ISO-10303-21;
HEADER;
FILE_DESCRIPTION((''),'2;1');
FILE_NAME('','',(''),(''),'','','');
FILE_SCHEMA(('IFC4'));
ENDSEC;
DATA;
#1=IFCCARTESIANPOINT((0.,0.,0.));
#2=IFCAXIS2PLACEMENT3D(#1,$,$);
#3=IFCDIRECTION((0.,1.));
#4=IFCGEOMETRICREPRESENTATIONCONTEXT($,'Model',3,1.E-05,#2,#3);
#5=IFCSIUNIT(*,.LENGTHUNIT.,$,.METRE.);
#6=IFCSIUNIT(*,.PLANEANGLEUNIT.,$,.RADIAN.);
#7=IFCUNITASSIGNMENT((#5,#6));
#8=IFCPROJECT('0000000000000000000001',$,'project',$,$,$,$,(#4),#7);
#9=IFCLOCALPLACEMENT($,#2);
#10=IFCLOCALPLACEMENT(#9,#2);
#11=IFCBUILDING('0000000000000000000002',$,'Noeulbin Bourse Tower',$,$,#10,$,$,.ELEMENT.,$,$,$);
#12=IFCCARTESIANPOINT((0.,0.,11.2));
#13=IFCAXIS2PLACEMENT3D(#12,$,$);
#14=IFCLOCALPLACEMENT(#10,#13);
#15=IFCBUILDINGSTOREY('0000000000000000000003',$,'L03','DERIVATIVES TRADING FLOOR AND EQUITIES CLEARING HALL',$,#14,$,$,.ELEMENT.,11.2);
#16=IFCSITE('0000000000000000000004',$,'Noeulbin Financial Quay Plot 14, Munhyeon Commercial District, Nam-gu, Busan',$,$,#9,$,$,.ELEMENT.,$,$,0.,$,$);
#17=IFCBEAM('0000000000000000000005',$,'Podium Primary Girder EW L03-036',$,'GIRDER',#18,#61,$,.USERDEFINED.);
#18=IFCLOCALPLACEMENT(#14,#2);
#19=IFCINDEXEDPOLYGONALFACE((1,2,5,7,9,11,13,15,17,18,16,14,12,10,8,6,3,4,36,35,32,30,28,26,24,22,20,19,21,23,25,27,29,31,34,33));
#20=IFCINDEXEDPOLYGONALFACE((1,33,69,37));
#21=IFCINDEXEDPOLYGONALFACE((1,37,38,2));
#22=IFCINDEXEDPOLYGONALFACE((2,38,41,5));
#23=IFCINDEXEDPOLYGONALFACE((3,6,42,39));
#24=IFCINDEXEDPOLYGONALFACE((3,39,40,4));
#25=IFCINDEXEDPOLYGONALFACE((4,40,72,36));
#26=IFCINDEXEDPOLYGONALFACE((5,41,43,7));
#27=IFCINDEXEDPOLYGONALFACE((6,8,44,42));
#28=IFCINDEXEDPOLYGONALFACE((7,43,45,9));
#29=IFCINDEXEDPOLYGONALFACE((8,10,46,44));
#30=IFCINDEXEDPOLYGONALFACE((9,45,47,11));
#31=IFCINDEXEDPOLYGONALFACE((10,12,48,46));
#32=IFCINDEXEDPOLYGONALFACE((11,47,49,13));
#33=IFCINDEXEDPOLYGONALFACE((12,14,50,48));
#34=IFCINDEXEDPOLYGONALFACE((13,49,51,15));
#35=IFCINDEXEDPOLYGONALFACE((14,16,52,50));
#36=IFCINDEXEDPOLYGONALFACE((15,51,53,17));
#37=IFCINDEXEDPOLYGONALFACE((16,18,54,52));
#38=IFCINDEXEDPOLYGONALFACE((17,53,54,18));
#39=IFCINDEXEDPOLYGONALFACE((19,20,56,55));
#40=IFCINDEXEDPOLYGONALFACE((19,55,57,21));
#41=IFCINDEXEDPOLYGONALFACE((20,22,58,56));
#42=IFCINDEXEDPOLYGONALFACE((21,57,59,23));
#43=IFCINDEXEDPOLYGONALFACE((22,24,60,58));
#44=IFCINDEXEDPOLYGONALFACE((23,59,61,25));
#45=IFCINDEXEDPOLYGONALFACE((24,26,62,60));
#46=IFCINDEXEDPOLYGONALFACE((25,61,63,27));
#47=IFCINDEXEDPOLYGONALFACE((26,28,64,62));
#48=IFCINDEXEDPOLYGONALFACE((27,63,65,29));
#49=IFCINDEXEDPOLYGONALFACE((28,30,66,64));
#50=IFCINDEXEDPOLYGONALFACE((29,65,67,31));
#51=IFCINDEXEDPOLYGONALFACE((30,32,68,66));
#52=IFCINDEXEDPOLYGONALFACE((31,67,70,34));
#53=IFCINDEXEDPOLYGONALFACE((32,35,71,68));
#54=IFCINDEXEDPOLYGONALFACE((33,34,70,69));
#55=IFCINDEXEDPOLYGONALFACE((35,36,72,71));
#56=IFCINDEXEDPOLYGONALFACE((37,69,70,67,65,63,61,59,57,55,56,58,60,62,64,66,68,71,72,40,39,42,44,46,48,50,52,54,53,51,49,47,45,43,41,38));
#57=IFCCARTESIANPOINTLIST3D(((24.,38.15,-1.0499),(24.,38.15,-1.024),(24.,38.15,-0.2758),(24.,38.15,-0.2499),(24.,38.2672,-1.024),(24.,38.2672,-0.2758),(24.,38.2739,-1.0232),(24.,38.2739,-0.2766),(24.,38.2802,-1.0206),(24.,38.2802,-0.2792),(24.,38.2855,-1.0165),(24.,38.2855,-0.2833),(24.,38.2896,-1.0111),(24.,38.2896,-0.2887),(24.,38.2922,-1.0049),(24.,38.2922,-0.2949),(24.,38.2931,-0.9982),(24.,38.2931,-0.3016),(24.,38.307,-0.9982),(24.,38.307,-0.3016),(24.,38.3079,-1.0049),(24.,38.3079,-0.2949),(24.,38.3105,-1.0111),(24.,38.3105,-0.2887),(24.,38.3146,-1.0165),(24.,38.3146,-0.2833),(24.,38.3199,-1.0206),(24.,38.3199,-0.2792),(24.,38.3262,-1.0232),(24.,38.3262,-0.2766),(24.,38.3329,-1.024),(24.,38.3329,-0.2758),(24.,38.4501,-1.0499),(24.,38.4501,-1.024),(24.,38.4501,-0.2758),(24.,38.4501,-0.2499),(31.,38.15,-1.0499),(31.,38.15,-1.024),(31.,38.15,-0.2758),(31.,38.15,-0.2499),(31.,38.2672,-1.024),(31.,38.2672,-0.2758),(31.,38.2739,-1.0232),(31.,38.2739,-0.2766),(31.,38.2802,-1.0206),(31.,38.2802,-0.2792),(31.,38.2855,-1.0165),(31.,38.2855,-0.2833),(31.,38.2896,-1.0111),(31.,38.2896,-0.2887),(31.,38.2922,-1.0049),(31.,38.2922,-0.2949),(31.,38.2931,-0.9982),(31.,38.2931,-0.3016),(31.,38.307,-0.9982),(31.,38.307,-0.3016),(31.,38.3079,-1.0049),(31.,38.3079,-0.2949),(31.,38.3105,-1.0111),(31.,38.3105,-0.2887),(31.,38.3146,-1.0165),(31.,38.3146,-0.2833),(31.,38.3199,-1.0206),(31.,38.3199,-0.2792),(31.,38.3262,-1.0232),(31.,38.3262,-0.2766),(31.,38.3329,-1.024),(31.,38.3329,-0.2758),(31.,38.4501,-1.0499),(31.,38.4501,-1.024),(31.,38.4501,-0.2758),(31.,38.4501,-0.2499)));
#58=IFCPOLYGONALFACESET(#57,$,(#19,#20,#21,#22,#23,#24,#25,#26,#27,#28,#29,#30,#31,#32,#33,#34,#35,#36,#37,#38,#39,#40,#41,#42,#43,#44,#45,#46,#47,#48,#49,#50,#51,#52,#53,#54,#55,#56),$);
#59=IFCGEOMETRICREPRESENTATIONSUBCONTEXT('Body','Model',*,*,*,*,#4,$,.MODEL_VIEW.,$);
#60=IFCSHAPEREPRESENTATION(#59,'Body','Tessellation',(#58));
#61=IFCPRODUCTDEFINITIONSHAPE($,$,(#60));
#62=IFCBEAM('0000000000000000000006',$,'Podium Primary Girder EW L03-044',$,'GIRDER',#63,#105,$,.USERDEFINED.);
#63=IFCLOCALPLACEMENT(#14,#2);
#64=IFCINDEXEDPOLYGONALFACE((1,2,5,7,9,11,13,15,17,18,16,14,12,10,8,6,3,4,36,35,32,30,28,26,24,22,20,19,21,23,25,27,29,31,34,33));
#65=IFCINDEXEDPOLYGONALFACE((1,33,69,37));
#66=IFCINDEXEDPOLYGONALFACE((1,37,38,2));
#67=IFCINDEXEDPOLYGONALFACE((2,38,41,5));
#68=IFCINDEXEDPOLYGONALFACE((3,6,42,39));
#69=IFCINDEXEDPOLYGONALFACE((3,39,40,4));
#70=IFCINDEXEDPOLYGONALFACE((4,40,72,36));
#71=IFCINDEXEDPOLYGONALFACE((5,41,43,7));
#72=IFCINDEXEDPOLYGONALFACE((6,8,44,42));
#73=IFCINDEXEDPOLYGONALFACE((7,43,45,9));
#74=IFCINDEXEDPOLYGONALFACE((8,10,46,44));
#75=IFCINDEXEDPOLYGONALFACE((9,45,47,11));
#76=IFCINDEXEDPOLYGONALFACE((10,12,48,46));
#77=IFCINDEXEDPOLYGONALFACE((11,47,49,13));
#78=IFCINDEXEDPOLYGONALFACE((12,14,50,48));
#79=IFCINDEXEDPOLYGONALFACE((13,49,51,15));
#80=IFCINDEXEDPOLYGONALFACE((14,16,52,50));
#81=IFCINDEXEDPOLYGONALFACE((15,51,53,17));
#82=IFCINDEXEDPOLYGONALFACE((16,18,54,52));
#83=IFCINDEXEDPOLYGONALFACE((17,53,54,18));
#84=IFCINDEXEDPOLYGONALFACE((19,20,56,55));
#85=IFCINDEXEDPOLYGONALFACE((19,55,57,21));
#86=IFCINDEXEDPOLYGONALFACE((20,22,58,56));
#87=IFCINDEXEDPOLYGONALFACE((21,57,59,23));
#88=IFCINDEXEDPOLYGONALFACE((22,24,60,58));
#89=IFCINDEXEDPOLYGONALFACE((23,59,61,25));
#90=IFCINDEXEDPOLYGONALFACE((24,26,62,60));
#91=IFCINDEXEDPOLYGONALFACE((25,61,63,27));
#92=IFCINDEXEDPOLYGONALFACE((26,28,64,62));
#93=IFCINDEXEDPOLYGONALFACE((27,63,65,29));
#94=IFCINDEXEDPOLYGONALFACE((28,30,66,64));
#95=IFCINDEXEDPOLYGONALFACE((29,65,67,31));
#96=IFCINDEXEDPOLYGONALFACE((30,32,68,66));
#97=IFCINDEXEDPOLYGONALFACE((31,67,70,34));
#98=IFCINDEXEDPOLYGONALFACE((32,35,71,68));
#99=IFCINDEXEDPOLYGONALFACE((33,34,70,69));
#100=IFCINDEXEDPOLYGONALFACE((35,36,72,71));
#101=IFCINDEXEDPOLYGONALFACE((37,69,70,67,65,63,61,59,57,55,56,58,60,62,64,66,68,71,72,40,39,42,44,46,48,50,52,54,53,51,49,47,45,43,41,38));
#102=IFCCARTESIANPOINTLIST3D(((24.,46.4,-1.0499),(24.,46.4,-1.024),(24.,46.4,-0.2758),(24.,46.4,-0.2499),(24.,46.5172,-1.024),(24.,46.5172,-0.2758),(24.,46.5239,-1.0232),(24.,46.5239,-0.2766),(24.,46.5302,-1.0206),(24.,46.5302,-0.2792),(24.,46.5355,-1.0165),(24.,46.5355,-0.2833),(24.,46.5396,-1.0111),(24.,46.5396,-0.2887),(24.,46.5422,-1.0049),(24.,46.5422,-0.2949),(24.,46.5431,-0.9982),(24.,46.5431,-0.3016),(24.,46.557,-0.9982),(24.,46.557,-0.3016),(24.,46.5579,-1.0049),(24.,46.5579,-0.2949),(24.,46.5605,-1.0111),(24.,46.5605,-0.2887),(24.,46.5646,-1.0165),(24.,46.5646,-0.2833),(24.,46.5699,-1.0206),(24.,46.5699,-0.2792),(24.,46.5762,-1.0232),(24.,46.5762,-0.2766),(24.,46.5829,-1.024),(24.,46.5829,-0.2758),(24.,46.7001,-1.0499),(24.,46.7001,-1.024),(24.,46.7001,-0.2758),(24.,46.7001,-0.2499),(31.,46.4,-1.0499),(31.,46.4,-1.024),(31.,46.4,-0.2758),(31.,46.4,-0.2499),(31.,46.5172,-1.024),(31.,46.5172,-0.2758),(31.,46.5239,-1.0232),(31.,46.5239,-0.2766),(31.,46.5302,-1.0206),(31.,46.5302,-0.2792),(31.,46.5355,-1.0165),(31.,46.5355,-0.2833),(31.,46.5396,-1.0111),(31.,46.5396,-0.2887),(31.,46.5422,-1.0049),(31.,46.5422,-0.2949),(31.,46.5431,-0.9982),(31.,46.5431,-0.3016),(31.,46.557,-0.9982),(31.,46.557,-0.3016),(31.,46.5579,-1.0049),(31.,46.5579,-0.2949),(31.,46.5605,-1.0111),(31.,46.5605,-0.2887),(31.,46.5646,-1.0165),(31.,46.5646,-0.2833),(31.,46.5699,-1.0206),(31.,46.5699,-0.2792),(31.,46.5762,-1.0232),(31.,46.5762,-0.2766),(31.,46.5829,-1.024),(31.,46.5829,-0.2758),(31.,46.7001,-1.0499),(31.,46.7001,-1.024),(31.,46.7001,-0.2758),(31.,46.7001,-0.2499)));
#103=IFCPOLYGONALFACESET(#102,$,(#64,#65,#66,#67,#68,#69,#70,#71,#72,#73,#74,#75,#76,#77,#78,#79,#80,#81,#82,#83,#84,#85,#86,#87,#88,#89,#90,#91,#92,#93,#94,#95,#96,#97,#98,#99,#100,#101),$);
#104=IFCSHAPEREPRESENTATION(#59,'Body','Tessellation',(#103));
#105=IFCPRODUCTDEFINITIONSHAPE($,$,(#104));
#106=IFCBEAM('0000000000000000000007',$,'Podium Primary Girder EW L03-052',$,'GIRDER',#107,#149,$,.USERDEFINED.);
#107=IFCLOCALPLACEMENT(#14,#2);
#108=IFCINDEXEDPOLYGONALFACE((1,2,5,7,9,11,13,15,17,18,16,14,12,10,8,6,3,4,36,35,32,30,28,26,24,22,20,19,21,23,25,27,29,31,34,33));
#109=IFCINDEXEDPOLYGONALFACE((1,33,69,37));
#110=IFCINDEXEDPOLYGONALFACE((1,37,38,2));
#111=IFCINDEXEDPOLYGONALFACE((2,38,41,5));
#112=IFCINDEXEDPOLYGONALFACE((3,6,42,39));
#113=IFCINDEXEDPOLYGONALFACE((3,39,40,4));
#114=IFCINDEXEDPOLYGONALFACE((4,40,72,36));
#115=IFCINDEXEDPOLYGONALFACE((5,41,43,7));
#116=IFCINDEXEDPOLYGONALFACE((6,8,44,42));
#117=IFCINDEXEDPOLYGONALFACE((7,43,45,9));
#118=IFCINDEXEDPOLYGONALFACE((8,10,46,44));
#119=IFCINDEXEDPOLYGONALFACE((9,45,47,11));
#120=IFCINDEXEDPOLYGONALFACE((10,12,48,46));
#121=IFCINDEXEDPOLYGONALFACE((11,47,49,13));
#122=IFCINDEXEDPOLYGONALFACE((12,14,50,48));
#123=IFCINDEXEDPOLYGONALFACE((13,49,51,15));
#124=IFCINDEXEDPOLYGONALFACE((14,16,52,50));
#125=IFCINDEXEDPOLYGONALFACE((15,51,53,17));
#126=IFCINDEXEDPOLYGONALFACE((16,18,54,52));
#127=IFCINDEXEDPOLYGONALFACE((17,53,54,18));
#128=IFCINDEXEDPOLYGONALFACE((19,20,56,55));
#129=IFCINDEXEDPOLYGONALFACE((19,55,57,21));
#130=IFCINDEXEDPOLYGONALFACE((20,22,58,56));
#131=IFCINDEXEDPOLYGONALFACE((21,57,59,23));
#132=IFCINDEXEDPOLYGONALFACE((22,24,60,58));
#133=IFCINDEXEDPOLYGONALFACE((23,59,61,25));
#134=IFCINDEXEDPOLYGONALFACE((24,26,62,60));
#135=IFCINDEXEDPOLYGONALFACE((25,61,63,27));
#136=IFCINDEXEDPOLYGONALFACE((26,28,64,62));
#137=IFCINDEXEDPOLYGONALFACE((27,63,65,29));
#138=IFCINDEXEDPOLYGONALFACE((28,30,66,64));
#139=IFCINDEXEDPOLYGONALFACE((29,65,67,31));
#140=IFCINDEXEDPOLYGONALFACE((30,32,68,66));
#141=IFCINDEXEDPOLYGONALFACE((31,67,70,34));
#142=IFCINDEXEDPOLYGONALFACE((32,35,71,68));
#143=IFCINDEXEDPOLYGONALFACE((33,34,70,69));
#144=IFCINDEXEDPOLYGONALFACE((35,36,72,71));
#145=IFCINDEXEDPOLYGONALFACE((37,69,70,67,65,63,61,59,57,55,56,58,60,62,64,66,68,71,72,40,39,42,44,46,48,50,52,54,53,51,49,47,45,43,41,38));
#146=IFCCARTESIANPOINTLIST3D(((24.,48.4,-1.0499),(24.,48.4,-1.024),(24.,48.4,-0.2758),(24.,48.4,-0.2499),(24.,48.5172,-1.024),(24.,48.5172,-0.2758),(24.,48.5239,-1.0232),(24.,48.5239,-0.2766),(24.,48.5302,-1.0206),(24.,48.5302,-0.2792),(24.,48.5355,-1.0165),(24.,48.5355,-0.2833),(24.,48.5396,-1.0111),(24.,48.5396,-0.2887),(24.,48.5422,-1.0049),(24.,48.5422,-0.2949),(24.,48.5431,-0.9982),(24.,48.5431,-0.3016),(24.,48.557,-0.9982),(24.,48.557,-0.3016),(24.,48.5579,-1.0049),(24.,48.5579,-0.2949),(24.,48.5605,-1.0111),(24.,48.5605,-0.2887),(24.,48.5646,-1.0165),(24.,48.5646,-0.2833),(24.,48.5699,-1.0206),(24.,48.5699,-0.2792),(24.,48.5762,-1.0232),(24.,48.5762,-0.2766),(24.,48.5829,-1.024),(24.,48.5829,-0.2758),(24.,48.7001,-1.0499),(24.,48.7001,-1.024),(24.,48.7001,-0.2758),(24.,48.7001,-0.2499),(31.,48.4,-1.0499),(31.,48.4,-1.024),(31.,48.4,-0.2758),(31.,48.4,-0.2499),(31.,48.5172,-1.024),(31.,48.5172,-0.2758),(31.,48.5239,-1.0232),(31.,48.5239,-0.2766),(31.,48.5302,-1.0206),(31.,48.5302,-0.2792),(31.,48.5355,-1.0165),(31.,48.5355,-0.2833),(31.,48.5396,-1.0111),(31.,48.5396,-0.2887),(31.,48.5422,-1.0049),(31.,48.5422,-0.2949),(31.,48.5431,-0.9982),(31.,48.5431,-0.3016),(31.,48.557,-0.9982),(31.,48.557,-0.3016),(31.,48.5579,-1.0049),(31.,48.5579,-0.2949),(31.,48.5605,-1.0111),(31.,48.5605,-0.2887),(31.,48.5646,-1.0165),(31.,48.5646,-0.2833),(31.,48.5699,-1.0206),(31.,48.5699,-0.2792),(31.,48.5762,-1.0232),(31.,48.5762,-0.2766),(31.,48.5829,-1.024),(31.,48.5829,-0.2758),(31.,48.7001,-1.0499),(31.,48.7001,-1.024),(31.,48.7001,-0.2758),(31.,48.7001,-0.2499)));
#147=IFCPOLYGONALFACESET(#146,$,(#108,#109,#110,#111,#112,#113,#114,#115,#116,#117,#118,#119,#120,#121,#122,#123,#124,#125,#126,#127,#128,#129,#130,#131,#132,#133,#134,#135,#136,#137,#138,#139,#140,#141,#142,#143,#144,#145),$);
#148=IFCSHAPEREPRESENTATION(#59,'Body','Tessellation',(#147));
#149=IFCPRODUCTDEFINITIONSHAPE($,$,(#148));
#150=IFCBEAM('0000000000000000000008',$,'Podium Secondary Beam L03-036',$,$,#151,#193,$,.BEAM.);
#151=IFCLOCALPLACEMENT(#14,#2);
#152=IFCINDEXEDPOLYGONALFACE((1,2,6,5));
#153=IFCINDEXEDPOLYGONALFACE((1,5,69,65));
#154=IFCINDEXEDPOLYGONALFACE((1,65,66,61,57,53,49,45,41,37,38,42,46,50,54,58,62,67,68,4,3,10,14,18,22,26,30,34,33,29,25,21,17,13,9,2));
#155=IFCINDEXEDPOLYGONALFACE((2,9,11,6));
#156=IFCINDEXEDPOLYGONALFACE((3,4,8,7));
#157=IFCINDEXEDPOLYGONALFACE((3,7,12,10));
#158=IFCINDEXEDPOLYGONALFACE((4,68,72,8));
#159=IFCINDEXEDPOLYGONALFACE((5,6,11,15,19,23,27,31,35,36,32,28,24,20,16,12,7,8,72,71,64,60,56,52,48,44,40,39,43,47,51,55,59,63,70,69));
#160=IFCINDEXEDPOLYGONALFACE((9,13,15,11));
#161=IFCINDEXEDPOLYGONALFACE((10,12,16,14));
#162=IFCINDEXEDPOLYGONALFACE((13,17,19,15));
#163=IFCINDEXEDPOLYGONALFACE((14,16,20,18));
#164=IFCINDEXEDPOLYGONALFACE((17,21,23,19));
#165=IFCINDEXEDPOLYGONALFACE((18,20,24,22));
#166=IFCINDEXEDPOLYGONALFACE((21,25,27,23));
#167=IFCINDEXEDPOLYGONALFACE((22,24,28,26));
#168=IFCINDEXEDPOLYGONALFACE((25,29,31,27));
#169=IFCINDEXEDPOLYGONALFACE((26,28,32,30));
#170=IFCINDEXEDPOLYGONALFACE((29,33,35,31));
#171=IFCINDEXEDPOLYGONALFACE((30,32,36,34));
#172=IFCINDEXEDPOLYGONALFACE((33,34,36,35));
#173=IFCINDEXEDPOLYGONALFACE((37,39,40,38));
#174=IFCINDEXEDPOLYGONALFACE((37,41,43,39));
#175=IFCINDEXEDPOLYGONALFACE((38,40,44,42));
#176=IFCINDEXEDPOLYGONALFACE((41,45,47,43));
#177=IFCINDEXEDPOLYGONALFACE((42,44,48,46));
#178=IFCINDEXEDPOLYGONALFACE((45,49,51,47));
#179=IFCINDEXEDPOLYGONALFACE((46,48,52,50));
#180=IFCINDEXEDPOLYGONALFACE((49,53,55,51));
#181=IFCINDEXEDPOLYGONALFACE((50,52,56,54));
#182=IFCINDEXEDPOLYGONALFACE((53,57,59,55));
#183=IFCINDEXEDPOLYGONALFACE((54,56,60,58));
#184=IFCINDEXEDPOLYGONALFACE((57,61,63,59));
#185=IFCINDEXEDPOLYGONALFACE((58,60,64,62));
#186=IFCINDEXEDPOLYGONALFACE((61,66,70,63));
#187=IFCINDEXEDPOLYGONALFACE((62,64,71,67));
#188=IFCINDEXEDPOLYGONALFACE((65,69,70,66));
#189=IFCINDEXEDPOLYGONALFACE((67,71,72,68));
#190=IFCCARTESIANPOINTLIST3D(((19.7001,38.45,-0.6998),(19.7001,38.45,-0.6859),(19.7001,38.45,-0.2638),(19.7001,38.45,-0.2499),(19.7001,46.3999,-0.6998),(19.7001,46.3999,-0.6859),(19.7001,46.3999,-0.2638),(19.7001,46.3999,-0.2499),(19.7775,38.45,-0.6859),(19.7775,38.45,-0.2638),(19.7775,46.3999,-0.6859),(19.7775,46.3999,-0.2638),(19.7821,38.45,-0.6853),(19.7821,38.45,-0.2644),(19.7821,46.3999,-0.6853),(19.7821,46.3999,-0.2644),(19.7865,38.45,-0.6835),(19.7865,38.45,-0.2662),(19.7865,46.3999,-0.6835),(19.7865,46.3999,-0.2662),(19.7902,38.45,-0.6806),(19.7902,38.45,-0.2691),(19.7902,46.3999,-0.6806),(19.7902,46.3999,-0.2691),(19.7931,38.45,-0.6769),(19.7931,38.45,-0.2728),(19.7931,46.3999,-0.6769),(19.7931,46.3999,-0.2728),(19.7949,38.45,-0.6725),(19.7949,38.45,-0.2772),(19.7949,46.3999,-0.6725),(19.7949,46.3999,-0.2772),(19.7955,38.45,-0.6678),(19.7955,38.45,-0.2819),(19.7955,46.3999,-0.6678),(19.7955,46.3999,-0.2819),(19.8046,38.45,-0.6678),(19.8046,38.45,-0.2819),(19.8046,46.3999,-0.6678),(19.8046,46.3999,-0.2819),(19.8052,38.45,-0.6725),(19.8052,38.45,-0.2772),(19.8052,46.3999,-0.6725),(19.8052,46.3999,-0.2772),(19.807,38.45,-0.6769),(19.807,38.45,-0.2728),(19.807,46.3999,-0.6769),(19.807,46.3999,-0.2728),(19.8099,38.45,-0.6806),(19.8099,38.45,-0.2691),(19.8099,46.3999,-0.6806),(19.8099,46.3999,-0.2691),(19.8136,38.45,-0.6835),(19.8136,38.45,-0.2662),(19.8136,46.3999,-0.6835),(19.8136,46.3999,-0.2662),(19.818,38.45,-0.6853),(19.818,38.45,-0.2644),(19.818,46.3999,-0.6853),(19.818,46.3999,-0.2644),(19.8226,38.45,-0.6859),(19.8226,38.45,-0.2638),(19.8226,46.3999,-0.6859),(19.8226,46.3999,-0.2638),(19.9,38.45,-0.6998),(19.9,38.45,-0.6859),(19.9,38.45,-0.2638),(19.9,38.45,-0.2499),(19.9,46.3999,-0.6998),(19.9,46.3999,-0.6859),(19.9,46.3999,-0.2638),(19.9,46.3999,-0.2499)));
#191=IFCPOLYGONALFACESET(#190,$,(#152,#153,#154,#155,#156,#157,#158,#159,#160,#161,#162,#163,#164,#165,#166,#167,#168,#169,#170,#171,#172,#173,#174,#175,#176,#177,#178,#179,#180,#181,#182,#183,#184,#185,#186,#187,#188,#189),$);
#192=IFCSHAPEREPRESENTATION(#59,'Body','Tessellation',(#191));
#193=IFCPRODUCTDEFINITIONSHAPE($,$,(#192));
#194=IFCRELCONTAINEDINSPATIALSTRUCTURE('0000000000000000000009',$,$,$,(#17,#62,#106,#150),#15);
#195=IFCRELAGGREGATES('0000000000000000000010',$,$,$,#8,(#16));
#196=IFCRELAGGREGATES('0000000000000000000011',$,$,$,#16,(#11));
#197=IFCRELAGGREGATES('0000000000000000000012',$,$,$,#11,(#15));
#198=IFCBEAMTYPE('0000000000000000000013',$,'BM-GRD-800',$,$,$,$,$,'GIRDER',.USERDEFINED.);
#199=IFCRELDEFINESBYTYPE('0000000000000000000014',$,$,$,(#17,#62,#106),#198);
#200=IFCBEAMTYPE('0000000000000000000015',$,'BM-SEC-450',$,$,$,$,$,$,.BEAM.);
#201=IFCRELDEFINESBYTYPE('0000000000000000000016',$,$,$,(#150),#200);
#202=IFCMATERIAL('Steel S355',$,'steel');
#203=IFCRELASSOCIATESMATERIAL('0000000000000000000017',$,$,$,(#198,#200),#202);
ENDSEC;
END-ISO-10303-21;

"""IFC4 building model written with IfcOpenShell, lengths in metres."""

from ifc_helpers import new_model, si_unit, direction, frame, origin, origin_2d, place, context, subcontext, project, spatial, i_section, extrude, material, material_profile, profile_set, type_object, element, save


model = new_model("IFC4")

# Units and contexts
model_context = context("Model", 3, precision=1e-05, world=origin(), true_north=direction((0.0, 1.0)))
body_context = subcontext(model_context, "Body", "Model", "MODEL_VIEW")
ifc_project = project(units=[si_unit("LENGTHUNIT", "METRE"), si_unit("PLANEANGLEUNIT", "RADIAN")], contexts=[model_context])

# Site, building, storey
site_placement = place(None, origin())
site = spatial("IfcSite", under=ifc_project, at=site_placement, Name="Noeulbin Financial Quay Plot 14, Munhyeon Commercial District, Nam-gu, Busan", CompositionType="ELEMENT", RefElevation=0.0)
building_placement = place(site_placement, origin())
building = spatial("IfcBuilding", under=site, at=building_placement, Name="Noeulbin Bourse Tower", CompositionType="ELEMENT")
storey_placement = place(building_placement, frame((0.0, 0.0, 11.2)))
storey = spatial("IfcBuildingStorey", under=building, at=storey_placement, Name="L03", Description="DERIVATIVES TRADING FLOOR AND EQUITIES CLEARING HALL", CompositionType="ELEMENT", Elevation=11.2)

# Beams
ifc_material_1 = material(Name="Steel S355", Category="steel")
ifc_material_profile_1 = material_profile(ifc_material_1, i_section(OverallWidth=0.3, OverallDepth=0.8, WebThickness=0.0139, FlangeThickness=0.0259, FilletRadius=0.0259, at=origin_2d()), Name="H-800x300x14x26", Category="LoadBearing")
ifc_profile_set_1 = profile_set([ifc_material_profile_1], Name="Steel S355")
beam_type_1 = type_object("IfcBeamType", Name="BM-GRD-800", ElementType="GIRDER", PredefinedType="USERDEFINED", material=ifc_profile_set_1)
for number, where, z_axis, x_axis, name in (
    (1, (24.0, 38.3, -0.6499), (1.0, 0.0, 0.0), (0.0, 1.0, 0.0), "Podium Primary Girder EW L03-036"),
    (2, (24.0, 46.55, -0.6499), (1.0, 0.0, 0.0), (0.0, 1.0, 0.0), "Podium Primary Girder EW L03-044"),
    (3, (24.0, 48.55, -0.6499), (1.0, 0.0, 0.0), (0.0, 1.0, 0.0), "Podium Primary Girder EW L03-052"),
):
    element("IfcBeam", number, at=place(storey_placement, frame(where, z_axis=z_axis, x_axis=x_axis)), inside=storey, type_object=beam_type_1, Name=name, ObjectType="GIRDER", PredefinedType="USERDEFINED", context=body_context, shape_type="SweptSolid", body=[
        extrude(i_section(OverallWidth=0.3, OverallDepth=0.8, WebThickness=0.0139, FlangeThickness=0.0259, FilletRadius=0.0259, at=origin_2d()), origin(), (0.0, 0.0, 1.0), 7.0),
    ])
ifc_material_profile_2 = material_profile(ifc_material_1, i_section(OverallWidth=0.2, OverallDepth=0.45, WebThickness=0.009, FlangeThickness=0.0139, FilletRadius=0.0181, at=origin_2d()), Name="H-450x200x9x14", Category="LoadBearing")
ifc_profile_set_2 = profile_set([ifc_material_profile_2], Name="Steel S355")
beam_type_2 = type_object("IfcBeamType", Name="BM-SEC-450", PredefinedType="BEAM", material=ifc_profile_set_2)
beam_1_placement = place(storey_placement, frame((19.8, 38.45, -0.4749), z_axis=(0.0, 1.0, 0.0), x_axis=(-1.0, 0.0, 0.0)))
element("IfcBeam", 4, at=beam_1_placement, inside=storey, type_object=beam_type_2, Name="Podium Secondary Beam L03-036", PredefinedType="BEAM", context=body_context, shape_type="SweptSolid", body=[
    extrude(i_section(OverallWidth=0.2, OverallDepth=0.45, WebThickness=0.009, FlangeThickness=0.0139, FilletRadius=0.0181, at=origin_2d()), origin(), (0.0, 0.0, 1.0), 7.95),
])

save(model, "model.ifc")
